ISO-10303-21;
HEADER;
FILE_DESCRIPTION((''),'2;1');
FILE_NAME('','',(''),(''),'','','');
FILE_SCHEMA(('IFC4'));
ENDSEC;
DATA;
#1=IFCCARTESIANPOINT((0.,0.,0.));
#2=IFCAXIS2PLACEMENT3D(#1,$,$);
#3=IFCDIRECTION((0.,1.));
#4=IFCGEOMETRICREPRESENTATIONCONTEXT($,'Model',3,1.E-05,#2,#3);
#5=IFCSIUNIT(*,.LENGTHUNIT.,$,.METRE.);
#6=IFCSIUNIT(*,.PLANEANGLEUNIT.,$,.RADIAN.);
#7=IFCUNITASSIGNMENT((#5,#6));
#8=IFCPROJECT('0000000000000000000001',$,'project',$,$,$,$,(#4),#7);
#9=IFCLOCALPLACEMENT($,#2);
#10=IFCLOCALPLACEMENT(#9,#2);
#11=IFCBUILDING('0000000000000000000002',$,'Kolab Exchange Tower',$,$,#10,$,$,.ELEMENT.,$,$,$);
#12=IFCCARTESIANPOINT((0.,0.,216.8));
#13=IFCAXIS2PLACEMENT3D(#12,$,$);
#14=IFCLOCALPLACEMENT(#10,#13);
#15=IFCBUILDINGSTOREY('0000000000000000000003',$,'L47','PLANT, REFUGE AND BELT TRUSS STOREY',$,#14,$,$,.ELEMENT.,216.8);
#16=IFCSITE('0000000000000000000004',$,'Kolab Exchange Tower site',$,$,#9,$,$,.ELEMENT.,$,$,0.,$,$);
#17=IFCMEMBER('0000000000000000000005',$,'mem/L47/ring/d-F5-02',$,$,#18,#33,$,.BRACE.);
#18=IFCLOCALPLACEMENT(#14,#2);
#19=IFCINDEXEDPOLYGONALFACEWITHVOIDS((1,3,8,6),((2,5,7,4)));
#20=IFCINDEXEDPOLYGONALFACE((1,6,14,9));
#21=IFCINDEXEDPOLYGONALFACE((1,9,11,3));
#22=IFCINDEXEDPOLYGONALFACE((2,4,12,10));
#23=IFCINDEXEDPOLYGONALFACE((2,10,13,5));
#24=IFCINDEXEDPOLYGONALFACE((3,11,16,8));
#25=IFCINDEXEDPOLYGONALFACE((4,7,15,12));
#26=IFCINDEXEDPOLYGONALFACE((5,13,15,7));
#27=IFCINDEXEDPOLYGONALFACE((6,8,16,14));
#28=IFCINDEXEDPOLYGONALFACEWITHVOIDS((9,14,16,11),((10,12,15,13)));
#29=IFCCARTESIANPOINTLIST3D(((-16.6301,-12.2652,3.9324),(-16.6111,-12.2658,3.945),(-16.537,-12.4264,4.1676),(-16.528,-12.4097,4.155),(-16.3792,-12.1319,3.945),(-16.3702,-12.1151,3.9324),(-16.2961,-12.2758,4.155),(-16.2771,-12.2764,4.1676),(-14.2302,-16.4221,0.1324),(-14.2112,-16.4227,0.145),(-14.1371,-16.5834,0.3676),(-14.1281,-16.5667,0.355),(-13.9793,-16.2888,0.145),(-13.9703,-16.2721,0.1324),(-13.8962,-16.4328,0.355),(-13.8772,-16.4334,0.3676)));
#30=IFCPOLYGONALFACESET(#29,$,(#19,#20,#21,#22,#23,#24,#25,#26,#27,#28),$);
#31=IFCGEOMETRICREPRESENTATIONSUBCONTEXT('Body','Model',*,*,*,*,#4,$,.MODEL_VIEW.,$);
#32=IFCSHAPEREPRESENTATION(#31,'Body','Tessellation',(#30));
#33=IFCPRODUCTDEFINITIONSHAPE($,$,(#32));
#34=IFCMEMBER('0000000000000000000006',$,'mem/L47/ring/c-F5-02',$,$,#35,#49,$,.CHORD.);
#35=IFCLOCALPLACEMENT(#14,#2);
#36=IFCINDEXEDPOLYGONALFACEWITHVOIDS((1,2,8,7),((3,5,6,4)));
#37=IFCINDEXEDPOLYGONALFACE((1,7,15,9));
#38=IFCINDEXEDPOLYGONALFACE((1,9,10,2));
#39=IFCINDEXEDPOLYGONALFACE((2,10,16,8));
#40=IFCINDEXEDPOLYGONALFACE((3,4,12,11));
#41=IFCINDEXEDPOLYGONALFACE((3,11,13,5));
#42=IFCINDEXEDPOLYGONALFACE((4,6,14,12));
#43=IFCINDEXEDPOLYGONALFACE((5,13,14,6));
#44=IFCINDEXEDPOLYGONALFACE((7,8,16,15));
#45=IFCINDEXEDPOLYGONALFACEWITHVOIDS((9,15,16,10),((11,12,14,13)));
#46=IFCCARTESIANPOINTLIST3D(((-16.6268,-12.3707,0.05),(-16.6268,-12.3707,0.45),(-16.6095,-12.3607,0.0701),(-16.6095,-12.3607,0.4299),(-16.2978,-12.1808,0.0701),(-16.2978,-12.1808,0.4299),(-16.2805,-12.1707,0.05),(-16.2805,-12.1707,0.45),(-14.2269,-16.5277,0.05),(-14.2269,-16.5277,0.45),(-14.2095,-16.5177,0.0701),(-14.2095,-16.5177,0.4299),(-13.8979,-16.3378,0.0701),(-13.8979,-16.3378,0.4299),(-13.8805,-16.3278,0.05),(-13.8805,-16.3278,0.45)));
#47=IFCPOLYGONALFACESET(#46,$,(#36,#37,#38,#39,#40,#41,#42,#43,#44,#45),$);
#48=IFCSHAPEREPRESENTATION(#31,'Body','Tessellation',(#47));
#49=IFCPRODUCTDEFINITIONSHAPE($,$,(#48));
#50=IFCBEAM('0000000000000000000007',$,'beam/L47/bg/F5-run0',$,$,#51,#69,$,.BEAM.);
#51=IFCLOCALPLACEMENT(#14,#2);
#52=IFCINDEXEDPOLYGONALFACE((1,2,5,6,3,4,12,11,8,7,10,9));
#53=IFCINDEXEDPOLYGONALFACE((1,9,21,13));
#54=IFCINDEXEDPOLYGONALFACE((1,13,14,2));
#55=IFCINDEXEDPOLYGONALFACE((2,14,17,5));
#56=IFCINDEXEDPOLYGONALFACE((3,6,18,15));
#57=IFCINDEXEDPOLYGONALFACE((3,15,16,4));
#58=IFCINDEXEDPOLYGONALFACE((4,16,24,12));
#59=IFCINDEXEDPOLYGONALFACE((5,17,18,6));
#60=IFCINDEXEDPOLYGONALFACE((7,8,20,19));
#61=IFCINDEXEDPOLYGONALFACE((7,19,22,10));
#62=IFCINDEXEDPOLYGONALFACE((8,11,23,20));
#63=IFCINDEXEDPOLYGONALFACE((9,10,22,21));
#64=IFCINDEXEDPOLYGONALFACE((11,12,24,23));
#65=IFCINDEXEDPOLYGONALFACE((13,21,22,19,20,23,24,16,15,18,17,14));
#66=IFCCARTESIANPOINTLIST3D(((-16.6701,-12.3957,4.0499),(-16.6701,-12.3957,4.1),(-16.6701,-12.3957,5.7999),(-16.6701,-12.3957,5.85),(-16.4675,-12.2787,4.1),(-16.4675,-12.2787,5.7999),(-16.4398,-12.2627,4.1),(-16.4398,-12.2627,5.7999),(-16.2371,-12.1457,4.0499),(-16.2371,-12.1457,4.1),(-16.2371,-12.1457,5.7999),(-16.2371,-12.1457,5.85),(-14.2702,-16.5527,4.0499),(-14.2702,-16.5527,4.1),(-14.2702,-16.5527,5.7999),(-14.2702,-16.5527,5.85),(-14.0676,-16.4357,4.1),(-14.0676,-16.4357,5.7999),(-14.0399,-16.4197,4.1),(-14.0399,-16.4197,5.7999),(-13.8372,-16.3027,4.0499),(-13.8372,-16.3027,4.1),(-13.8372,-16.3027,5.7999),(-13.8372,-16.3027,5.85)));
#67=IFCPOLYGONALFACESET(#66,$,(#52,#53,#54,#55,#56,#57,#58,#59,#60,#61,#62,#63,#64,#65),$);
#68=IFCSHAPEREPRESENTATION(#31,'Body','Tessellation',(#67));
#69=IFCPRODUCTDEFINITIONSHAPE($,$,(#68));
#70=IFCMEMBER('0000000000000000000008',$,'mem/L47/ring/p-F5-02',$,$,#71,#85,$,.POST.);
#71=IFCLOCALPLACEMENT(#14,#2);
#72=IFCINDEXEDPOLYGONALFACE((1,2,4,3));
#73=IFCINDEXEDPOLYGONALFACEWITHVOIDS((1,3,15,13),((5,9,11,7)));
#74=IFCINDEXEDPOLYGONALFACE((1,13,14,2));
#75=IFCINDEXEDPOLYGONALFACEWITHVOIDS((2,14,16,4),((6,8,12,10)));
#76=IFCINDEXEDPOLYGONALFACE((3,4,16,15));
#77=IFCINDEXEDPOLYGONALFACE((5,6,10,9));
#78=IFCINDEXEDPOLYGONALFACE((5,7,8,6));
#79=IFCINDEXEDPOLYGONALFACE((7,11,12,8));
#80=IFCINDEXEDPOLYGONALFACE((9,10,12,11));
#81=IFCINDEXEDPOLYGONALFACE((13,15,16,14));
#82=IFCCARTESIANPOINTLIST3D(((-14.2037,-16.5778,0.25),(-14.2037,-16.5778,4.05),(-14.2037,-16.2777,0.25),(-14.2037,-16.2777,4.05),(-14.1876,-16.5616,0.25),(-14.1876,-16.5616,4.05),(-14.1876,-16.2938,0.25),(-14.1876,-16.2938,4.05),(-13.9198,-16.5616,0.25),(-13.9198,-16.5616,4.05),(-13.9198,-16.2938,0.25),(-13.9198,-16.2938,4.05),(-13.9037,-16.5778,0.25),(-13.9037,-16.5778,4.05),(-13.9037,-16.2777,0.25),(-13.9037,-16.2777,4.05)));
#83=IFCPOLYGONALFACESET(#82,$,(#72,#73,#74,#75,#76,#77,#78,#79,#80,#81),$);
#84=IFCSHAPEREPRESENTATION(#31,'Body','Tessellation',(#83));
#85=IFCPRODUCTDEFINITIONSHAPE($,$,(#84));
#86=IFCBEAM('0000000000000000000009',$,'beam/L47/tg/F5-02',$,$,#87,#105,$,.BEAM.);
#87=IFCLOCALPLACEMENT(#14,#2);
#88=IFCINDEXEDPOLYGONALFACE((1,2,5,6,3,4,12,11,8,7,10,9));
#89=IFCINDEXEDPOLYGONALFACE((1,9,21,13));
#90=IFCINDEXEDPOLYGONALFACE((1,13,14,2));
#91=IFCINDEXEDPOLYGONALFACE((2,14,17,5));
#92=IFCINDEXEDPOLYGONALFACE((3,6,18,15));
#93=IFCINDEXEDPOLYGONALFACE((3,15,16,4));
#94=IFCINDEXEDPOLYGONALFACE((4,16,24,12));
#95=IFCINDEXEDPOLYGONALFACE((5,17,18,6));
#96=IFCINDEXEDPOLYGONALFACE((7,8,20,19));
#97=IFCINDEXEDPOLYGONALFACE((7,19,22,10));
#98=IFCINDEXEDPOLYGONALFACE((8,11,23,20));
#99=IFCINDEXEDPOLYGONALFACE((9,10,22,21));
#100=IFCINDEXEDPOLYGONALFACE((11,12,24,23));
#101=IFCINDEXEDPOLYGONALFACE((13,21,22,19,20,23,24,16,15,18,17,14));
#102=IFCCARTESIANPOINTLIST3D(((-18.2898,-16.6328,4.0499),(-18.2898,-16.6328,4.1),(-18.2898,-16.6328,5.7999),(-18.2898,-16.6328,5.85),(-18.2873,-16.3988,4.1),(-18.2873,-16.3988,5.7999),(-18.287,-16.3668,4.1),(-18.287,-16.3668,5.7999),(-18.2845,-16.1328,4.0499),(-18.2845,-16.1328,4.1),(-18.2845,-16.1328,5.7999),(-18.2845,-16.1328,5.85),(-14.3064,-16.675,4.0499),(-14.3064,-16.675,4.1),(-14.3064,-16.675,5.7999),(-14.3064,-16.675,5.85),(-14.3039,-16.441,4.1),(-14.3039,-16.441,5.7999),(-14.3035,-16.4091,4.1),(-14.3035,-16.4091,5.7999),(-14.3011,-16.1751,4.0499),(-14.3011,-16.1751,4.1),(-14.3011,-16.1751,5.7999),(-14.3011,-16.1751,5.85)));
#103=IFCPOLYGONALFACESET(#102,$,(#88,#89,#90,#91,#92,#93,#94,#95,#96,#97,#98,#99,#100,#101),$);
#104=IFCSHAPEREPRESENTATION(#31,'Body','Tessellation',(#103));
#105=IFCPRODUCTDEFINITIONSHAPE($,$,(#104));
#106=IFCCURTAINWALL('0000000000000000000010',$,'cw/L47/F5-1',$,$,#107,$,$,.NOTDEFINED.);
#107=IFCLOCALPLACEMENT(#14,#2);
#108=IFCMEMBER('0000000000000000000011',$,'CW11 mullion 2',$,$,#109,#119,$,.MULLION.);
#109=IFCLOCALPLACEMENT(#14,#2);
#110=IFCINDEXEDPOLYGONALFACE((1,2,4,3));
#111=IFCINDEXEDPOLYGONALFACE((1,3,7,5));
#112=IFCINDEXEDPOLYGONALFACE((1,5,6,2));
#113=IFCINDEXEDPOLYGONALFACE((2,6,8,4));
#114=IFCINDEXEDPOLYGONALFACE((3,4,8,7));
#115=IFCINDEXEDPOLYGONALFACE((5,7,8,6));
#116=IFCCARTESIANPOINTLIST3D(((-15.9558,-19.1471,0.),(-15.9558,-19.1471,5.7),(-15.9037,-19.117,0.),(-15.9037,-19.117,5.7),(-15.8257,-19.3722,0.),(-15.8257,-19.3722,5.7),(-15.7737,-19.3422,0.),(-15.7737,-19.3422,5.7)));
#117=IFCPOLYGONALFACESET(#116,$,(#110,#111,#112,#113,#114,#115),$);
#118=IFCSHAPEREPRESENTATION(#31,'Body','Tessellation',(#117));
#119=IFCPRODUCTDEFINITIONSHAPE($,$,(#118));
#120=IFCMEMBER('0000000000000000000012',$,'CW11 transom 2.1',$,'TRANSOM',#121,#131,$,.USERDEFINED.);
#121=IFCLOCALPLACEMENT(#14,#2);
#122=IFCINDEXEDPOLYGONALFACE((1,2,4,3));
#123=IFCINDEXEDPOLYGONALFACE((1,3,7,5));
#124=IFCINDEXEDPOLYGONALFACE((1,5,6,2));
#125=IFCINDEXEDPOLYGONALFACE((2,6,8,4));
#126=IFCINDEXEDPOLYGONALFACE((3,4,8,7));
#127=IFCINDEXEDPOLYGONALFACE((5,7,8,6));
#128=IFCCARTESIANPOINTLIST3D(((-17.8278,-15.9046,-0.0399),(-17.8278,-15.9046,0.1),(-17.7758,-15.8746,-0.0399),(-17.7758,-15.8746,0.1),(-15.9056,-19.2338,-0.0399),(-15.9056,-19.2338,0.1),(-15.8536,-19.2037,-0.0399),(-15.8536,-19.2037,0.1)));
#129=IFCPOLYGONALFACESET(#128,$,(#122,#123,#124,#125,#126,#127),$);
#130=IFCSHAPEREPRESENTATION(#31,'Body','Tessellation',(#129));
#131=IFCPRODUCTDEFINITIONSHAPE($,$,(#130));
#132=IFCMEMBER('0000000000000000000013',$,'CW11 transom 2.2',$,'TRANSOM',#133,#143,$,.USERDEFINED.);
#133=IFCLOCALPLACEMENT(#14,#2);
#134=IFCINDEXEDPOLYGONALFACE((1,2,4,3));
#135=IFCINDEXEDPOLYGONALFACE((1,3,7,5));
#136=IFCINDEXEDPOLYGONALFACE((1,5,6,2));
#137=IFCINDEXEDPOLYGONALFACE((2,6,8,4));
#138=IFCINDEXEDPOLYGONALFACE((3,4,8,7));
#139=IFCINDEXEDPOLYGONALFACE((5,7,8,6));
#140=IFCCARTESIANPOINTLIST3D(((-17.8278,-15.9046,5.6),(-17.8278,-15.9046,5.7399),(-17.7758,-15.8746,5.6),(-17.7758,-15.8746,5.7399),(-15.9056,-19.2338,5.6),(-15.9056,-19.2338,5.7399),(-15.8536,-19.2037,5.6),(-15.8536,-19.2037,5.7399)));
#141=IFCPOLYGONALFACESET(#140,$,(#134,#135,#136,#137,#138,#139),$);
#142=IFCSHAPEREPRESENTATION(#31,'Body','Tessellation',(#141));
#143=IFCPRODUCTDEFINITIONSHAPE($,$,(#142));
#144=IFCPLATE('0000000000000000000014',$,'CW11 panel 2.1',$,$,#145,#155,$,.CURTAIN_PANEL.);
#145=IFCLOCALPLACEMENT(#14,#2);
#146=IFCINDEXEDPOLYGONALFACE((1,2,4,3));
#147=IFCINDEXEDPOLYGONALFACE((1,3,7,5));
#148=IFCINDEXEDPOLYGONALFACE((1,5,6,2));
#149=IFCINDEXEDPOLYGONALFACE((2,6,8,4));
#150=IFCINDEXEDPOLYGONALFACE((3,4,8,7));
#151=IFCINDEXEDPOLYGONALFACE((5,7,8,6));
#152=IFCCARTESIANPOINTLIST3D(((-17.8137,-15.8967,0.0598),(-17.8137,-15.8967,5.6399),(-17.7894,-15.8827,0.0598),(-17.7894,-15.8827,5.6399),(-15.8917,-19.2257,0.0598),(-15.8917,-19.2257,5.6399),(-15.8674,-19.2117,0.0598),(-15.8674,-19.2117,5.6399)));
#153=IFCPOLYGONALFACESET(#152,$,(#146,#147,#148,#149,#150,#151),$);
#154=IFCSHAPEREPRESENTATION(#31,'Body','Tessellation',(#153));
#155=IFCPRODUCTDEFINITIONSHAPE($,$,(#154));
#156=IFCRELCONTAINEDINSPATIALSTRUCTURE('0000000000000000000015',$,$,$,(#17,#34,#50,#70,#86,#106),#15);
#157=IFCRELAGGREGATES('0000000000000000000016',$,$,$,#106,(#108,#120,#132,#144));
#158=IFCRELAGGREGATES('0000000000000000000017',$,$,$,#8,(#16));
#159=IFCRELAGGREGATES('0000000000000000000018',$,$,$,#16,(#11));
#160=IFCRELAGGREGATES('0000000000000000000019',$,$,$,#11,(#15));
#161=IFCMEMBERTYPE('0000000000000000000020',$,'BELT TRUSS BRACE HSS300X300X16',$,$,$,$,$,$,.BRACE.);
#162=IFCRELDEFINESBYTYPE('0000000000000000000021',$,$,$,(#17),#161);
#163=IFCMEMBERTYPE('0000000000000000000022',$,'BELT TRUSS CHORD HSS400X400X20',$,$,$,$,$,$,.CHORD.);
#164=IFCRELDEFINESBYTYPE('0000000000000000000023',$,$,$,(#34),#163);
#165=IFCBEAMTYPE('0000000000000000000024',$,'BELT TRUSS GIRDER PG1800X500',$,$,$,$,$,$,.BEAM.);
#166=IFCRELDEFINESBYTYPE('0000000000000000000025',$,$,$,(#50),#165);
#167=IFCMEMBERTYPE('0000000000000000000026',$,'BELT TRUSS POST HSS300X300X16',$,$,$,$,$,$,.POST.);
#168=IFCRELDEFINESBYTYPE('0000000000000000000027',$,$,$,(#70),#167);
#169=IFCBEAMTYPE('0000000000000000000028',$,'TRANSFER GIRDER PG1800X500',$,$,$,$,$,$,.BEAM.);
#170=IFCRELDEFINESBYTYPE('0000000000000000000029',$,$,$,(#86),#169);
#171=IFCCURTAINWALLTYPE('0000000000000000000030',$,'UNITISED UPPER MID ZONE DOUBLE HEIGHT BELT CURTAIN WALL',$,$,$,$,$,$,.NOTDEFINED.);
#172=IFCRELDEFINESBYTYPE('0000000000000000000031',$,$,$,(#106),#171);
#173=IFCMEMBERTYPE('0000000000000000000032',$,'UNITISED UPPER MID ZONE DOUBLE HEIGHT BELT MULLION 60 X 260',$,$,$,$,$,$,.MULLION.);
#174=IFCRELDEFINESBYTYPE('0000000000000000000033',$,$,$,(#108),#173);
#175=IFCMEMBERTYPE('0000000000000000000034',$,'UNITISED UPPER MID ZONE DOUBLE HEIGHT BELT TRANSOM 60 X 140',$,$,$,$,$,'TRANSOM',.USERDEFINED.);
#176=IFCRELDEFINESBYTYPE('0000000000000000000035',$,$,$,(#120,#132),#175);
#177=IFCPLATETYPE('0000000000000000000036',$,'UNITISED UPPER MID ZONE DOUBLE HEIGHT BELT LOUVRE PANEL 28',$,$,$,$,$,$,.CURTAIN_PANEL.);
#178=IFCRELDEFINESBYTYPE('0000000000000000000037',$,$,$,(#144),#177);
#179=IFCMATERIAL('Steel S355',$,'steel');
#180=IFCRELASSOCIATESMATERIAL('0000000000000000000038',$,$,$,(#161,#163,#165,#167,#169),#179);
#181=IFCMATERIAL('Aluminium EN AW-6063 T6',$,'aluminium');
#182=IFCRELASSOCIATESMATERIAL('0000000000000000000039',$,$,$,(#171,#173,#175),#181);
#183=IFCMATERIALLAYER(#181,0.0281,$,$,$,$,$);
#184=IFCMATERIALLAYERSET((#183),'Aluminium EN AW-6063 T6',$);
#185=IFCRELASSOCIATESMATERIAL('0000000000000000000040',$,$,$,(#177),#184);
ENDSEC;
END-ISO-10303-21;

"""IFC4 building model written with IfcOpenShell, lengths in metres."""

from ifc_helpers import new_model, si_unit, direction, frame, origin, origin_2d, place, context, subcontext, project, spatial, rectangle, hollow_rectangle, i_section, extrude, material, layer, layer_set, material_profile, profile_set, type_object, element, aggregate, save


model = new_model("IFC4")

# Units and contexts
model_context = context("Model", 3, precision=1e-05, world=origin(), true_north=direction((0.0, 1.0)))
body_context = subcontext(model_context, "Body", "Model", "MODEL_VIEW")
ifc_project = project(units=[si_unit("LENGTHUNIT", "METRE"), si_unit("PLANEANGLEUNIT", "RADIAN")], contexts=[model_context])

# Site, building, storey
site_placement = place(None, origin())
site = spatial("IfcSite", under=ifc_project, at=site_placement, Name="Kolab Exchange Tower site", CompositionType="ELEMENT", RefElevation=0.0)
building_placement = place(site_placement, origin())
building = spatial("IfcBuilding", under=site, at=building_placement, Name="Kolab Exchange Tower", CompositionType="ELEMENT")
storey_placement = place(building_placement, frame((0.0, 0.0, 216.8)))
storey = spatial("IfcBuildingStorey", under=building, at=storey_placement, Name="L47", Description="PLANT, REFUGE AND BELT TRUSS STOREY", CompositionType="ELEMENT", Elevation=216.8)

# Members
ifc_material_1 = material(Name="Steel S355", Category="steel")
ifc_material_profile_1 = material_profile(ifc_material_1, hollow_rectangle(XDim=0.3, YDim=0.3, WallThickness=0.0161, at=origin_2d()), Name="HSS300X300X16")
ifc_profile_set_1 = profile_set([ifc_material_profile_1], Name="Steel S355")
member_type_1 = type_object("IfcMemberType", Name="BELT TRUSS BRACE HSS300X300X16", PredefinedType="BRACE", material=ifc_profile_set_1)
member_1_placement = place(storey_placement, frame((-14.0537, -16.4277, 0.25), z_axis=(-0.392005, 0.67901, 0.620708), x_axis=(-0.866037, -0.499979, 0.0)))
element("IfcMember", 1, at=member_1_placement, inside=storey, type_object=member_type_1, Name="mem/L47/ring/d-F5-02", PredefinedType="BRACE", context=body_context, shape_type="SweptSolid", body=[
    extrude(hollow_rectangle(XDim=0.3, YDim=0.3, WallThickness=0.0161, at=origin_2d()), origin(), (0.0, 0.0, 1.0), 6.1221),
])
ifc_material_profile_2 = material_profile(ifc_material_1, hollow_rectangle(XDim=0.3999, YDim=0.3999, WallThickness=0.02, at=origin_2d()), Name="HSS400X400X20")
ifc_profile_set_2 = profile_set([ifc_material_profile_2], Name="Steel S355")
member_type_2 = type_object("IfcMemberType", Name="BELT TRUSS CHORD HSS400X400X20", PredefinedType="CHORD", material=ifc_profile_set_2)
member_2_placement = place(storey_placement, frame((-14.0537, -16.4277, 0.25), z_axis=(-0.499979, 0.866037, 0.0), x_axis=(-0.866037, -0.499979, 0.0)))
element("IfcMember", 2, at=member_2_placement, inside=storey, type_object=member_type_2, Name="mem/L47/ring/c-F5-02", PredefinedType="CHORD", context=body_context, shape_type="SweptSolid", body=[
    extrude(hollow_rectangle(XDim=0.3999, YDim=0.3999, WallThickness=0.02, at=origin_2d()), origin(), (0.0, 0.0, 1.0), 4.8),
])

# Beam
ifc_material_profile_3 = material_profile(ifc_material_1, i_section(OverallWidth=0.5, OverallDepth=1.8, WebThickness=0.032, FlangeThickness=0.05, at=origin_2d()), Name="PG1800X500")
ifc_profile_set_3 = profile_set([ifc_material_profile_3], Name="Steel S355")
beam_type_1 = type_object("IfcBeamType", Name="BELT TRUSS GIRDER PG1800X500", PredefinedType="BEAM", material=ifc_profile_set_3)
beam_1_placement = place(storey_placement, frame((-14.0537, -16.4277, 4.95), z_axis=(-0.499979, 0.866037, 0.0), x_axis=(-0.866037, -0.499979, 0.0)))
element("IfcBeam", 3, at=beam_1_placement, inside=storey, type_object=beam_type_1, Name="beam/L47/bg/F5-run0", PredefinedType="BEAM", context=body_context, shape_type="SweptSolid", body=[
    extrude(i_section(OverallWidth=0.5, OverallDepth=1.8, WebThickness=0.032, FlangeThickness=0.05, at=origin_2d()), origin(), (0.0, 0.0, 1.0), 4.8),
])

# Member
ifc_material_profile_4 = material_profile(ifc_material_1, hollow_rectangle(XDim=0.3, YDim=0.3, WallThickness=0.0161, at=origin_2d()), Name="HSS300X300X16")
ifc_profile_set_4 = profile_set([ifc_material_profile_4], Name="Steel S355")
member_type_3 = type_object("IfcMemberType", Name="BELT TRUSS POST HSS300X300X16", PredefinedType="POST", material=ifc_profile_set_4)
member_3_placement = place(storey_placement, frame((-14.0537, -16.4277, 0.25), z_axis=(0.0, 0.0, 1.0), x_axis=(1.0, 0.0, 0.0)))
element("IfcMember", 4, at=member_3_placement, inside=storey, type_object=member_type_3, Name="mem/L47/ring/p-F5-02", PredefinedType="POST", context=body_context, shape_type="SweptSolid", body=[
    extrude(hollow_rectangle(XDim=0.3, YDim=0.3, WallThickness=0.0161, at=origin_2d()), origin(), (0.0, 0.0, 1.0), 3.8),
])

# Beam
ifc_material_profile_5 = material_profile(ifc_material_1, i_section(OverallWidth=0.5, OverallDepth=1.8, WebThickness=0.032, FlangeThickness=0.05, at=origin_2d()), Name="PG1800X500")
ifc_profile_set_5 = profile_set([ifc_material_profile_5], Name="Steel S355")
beam_type_2 = type_object("IfcBeamType", Name="TRANSFER GIRDER PG1800X500", PredefinedType="BEAM", material=ifc_profile_set_5)
beam_2_placement = place(storey_placement, frame((-14.3037, -16.425, 4.95), z_axis=(-0.999944, 0.010602, 0.0), x_axis=(-0.010602, -0.999944, 0.0)))
element("IfcBeam", 5, at=beam_2_placement, inside=storey, type_object=beam_type_2, Name="beam/L47/tg/F5-02", PredefinedType="BEAM", context=body_context, shape_type="SweptSolid", body=[
    extrude(i_section(OverallWidth=0.5, OverallDepth=1.8, WebThickness=0.032, FlangeThickness=0.05, at=origin_2d()), origin(), (0.0, 0.0, 1.0), 3.9836),
])

# Curtain wall, members, plate
ifc_material_2 = material(Name="Aluminium EN AW-6063 T6", Category="aluminium")
curtain_wall_type = type_object("IfcCurtainWallType", Name="UNITISED UPPER MID ZONE DOUBLE HEIGHT BELT CURTAIN WALL", PredefinedType="NOTDEFINED", material=ifc_material_2)
curtain_wall_placement = place(storey_placement, origin())
curtain_wall = element("IfcCurtainWall", 6, at=curtain_wall_placement, inside=storey, type_object=curtain_wall_type, Name="cw/L47/F5-1", PredefinedType="NOTDEFINED")
ifc_material_profile_6 = material_profile(ifc_material_2, rectangle(XDim=0.0601, YDim=0.26, at=origin_2d()), Name="RECT 60X260")
ifc_profile_set_6 = profile_set([ifc_material_profile_6], Name="Aluminium EN AW-6063 T6")
member_type_4 = type_object("IfcMemberType", Name="UNITISED UPPER MID ZONE DOUBLE HEIGHT BELT MULLION 60 X 260", PredefinedType="MULLION", material=ifc_profile_set_6)
member_4_placement = place(storey_placement, frame((-15.8647, -19.2446, 0.0), z_axis=(0.0, 0.0, 1.0), x_axis=(-0.866025, -0.5, 0.0)))
member_4 = element("IfcMember", 7, at=member_4_placement, type_object=member_type_4, Name="CW11 mullion 2", PredefinedType="MULLION", context=body_context, shape_type="SweptSolid", body=[
    extrude(rectangle(XDim=0.0601, YDim=0.26, at=origin_2d()), origin(), (0.0, 0.0, 1.0), 5.7),
])
ifc_material_profile_7 = material_profile(ifc_material_2, rectangle(XDim=0.0601, YDim=0.1399, at=origin_2d()), Name="RECT 60X140")
ifc_profile_set_7 = profile_set([ifc_material_profile_7], Name="Aluminium EN AW-6063 T6")
member_type_5 = type_object("IfcMemberType", Name="UNITISED UPPER MID ZONE DOUBLE HEIGHT BELT TRANSOM 60 X 140", ElementType="TRANSOM", PredefinedType="USERDEFINED", material=ifc_profile_set_7)
member_5_placement = place(storey_placement, frame((-15.8796, -19.2188, 0.03), z_axis=(-0.500012, 0.866018, 0.0), x_axis=(-0.866018, -0.500012, 0.0)))
member_5 = element("IfcMember", 8, at=member_5_placement, type_object=member_type_5, Name="CW11 transom 2.1", ObjectType="TRANSOM", PredefinedType="USERDEFINED", context=body_context, shape_type="SweptSolid", body=[
    extrude(rectangle(XDim=0.0601, YDim=0.1399, at=origin_2d()), origin(), (0.0, 0.0, 1.0), 3.8442),
])
member_6_placement = place(storey_placement, frame((-15.8796, -19.2188, 5.6699), z_axis=(-0.500012, 0.866018, 0.0), x_axis=(-0.866018, -0.500012, 0.0)))
member_6 = element("IfcMember", 9, at=member_6_placement, type_object=member_type_5, Name="CW11 transom 2.2", ObjectType="TRANSOM", PredefinedType="USERDEFINED", context=body_context, shape_type="SweptSolid", body=[
    extrude(rectangle(XDim=0.0601, YDim=0.1399, at=origin_2d()), origin(), (0.0, 0.0, 1.0), 3.8442),
])
ifc_layer_1 = layer(ifc_material_2, 0.0281)
ifc_layer_set_1 = layer_set([ifc_layer_1], Name="Aluminium EN AW-6063 T6")
plate_type = type_object("IfcPlateType", Name="UNITISED UPPER MID ZONE DOUBLE HEIGHT BELT LOUVRE PANEL 28", PredefinedType="CURTAIN_PANEL", material=ifc_layer_set_1)
plate_placement = place(storey_placement, frame((-16.8406, -17.5542, 0.0598), z_axis=(0.0, 0.0, 1.0), x_axis=(-0.5, 0.866025, 0.0)))
plate = element("IfcPlate", 10, at=plate_placement, type_object=plate_type, Name="CW11 panel 2.1", PredefinedType="CURTAIN_PANEL", context=body_context, shape_type="SweptSolid", body=[
    extrude(rectangle(XDim=3.844, YDim=0.0281, at=origin_2d()), origin(), (0.0, 0.0, 1.0), 5.5801),
])
aggregate(curtain_wall, [member_4, member_5, member_6, plate])

save(model, "model.ifc")
